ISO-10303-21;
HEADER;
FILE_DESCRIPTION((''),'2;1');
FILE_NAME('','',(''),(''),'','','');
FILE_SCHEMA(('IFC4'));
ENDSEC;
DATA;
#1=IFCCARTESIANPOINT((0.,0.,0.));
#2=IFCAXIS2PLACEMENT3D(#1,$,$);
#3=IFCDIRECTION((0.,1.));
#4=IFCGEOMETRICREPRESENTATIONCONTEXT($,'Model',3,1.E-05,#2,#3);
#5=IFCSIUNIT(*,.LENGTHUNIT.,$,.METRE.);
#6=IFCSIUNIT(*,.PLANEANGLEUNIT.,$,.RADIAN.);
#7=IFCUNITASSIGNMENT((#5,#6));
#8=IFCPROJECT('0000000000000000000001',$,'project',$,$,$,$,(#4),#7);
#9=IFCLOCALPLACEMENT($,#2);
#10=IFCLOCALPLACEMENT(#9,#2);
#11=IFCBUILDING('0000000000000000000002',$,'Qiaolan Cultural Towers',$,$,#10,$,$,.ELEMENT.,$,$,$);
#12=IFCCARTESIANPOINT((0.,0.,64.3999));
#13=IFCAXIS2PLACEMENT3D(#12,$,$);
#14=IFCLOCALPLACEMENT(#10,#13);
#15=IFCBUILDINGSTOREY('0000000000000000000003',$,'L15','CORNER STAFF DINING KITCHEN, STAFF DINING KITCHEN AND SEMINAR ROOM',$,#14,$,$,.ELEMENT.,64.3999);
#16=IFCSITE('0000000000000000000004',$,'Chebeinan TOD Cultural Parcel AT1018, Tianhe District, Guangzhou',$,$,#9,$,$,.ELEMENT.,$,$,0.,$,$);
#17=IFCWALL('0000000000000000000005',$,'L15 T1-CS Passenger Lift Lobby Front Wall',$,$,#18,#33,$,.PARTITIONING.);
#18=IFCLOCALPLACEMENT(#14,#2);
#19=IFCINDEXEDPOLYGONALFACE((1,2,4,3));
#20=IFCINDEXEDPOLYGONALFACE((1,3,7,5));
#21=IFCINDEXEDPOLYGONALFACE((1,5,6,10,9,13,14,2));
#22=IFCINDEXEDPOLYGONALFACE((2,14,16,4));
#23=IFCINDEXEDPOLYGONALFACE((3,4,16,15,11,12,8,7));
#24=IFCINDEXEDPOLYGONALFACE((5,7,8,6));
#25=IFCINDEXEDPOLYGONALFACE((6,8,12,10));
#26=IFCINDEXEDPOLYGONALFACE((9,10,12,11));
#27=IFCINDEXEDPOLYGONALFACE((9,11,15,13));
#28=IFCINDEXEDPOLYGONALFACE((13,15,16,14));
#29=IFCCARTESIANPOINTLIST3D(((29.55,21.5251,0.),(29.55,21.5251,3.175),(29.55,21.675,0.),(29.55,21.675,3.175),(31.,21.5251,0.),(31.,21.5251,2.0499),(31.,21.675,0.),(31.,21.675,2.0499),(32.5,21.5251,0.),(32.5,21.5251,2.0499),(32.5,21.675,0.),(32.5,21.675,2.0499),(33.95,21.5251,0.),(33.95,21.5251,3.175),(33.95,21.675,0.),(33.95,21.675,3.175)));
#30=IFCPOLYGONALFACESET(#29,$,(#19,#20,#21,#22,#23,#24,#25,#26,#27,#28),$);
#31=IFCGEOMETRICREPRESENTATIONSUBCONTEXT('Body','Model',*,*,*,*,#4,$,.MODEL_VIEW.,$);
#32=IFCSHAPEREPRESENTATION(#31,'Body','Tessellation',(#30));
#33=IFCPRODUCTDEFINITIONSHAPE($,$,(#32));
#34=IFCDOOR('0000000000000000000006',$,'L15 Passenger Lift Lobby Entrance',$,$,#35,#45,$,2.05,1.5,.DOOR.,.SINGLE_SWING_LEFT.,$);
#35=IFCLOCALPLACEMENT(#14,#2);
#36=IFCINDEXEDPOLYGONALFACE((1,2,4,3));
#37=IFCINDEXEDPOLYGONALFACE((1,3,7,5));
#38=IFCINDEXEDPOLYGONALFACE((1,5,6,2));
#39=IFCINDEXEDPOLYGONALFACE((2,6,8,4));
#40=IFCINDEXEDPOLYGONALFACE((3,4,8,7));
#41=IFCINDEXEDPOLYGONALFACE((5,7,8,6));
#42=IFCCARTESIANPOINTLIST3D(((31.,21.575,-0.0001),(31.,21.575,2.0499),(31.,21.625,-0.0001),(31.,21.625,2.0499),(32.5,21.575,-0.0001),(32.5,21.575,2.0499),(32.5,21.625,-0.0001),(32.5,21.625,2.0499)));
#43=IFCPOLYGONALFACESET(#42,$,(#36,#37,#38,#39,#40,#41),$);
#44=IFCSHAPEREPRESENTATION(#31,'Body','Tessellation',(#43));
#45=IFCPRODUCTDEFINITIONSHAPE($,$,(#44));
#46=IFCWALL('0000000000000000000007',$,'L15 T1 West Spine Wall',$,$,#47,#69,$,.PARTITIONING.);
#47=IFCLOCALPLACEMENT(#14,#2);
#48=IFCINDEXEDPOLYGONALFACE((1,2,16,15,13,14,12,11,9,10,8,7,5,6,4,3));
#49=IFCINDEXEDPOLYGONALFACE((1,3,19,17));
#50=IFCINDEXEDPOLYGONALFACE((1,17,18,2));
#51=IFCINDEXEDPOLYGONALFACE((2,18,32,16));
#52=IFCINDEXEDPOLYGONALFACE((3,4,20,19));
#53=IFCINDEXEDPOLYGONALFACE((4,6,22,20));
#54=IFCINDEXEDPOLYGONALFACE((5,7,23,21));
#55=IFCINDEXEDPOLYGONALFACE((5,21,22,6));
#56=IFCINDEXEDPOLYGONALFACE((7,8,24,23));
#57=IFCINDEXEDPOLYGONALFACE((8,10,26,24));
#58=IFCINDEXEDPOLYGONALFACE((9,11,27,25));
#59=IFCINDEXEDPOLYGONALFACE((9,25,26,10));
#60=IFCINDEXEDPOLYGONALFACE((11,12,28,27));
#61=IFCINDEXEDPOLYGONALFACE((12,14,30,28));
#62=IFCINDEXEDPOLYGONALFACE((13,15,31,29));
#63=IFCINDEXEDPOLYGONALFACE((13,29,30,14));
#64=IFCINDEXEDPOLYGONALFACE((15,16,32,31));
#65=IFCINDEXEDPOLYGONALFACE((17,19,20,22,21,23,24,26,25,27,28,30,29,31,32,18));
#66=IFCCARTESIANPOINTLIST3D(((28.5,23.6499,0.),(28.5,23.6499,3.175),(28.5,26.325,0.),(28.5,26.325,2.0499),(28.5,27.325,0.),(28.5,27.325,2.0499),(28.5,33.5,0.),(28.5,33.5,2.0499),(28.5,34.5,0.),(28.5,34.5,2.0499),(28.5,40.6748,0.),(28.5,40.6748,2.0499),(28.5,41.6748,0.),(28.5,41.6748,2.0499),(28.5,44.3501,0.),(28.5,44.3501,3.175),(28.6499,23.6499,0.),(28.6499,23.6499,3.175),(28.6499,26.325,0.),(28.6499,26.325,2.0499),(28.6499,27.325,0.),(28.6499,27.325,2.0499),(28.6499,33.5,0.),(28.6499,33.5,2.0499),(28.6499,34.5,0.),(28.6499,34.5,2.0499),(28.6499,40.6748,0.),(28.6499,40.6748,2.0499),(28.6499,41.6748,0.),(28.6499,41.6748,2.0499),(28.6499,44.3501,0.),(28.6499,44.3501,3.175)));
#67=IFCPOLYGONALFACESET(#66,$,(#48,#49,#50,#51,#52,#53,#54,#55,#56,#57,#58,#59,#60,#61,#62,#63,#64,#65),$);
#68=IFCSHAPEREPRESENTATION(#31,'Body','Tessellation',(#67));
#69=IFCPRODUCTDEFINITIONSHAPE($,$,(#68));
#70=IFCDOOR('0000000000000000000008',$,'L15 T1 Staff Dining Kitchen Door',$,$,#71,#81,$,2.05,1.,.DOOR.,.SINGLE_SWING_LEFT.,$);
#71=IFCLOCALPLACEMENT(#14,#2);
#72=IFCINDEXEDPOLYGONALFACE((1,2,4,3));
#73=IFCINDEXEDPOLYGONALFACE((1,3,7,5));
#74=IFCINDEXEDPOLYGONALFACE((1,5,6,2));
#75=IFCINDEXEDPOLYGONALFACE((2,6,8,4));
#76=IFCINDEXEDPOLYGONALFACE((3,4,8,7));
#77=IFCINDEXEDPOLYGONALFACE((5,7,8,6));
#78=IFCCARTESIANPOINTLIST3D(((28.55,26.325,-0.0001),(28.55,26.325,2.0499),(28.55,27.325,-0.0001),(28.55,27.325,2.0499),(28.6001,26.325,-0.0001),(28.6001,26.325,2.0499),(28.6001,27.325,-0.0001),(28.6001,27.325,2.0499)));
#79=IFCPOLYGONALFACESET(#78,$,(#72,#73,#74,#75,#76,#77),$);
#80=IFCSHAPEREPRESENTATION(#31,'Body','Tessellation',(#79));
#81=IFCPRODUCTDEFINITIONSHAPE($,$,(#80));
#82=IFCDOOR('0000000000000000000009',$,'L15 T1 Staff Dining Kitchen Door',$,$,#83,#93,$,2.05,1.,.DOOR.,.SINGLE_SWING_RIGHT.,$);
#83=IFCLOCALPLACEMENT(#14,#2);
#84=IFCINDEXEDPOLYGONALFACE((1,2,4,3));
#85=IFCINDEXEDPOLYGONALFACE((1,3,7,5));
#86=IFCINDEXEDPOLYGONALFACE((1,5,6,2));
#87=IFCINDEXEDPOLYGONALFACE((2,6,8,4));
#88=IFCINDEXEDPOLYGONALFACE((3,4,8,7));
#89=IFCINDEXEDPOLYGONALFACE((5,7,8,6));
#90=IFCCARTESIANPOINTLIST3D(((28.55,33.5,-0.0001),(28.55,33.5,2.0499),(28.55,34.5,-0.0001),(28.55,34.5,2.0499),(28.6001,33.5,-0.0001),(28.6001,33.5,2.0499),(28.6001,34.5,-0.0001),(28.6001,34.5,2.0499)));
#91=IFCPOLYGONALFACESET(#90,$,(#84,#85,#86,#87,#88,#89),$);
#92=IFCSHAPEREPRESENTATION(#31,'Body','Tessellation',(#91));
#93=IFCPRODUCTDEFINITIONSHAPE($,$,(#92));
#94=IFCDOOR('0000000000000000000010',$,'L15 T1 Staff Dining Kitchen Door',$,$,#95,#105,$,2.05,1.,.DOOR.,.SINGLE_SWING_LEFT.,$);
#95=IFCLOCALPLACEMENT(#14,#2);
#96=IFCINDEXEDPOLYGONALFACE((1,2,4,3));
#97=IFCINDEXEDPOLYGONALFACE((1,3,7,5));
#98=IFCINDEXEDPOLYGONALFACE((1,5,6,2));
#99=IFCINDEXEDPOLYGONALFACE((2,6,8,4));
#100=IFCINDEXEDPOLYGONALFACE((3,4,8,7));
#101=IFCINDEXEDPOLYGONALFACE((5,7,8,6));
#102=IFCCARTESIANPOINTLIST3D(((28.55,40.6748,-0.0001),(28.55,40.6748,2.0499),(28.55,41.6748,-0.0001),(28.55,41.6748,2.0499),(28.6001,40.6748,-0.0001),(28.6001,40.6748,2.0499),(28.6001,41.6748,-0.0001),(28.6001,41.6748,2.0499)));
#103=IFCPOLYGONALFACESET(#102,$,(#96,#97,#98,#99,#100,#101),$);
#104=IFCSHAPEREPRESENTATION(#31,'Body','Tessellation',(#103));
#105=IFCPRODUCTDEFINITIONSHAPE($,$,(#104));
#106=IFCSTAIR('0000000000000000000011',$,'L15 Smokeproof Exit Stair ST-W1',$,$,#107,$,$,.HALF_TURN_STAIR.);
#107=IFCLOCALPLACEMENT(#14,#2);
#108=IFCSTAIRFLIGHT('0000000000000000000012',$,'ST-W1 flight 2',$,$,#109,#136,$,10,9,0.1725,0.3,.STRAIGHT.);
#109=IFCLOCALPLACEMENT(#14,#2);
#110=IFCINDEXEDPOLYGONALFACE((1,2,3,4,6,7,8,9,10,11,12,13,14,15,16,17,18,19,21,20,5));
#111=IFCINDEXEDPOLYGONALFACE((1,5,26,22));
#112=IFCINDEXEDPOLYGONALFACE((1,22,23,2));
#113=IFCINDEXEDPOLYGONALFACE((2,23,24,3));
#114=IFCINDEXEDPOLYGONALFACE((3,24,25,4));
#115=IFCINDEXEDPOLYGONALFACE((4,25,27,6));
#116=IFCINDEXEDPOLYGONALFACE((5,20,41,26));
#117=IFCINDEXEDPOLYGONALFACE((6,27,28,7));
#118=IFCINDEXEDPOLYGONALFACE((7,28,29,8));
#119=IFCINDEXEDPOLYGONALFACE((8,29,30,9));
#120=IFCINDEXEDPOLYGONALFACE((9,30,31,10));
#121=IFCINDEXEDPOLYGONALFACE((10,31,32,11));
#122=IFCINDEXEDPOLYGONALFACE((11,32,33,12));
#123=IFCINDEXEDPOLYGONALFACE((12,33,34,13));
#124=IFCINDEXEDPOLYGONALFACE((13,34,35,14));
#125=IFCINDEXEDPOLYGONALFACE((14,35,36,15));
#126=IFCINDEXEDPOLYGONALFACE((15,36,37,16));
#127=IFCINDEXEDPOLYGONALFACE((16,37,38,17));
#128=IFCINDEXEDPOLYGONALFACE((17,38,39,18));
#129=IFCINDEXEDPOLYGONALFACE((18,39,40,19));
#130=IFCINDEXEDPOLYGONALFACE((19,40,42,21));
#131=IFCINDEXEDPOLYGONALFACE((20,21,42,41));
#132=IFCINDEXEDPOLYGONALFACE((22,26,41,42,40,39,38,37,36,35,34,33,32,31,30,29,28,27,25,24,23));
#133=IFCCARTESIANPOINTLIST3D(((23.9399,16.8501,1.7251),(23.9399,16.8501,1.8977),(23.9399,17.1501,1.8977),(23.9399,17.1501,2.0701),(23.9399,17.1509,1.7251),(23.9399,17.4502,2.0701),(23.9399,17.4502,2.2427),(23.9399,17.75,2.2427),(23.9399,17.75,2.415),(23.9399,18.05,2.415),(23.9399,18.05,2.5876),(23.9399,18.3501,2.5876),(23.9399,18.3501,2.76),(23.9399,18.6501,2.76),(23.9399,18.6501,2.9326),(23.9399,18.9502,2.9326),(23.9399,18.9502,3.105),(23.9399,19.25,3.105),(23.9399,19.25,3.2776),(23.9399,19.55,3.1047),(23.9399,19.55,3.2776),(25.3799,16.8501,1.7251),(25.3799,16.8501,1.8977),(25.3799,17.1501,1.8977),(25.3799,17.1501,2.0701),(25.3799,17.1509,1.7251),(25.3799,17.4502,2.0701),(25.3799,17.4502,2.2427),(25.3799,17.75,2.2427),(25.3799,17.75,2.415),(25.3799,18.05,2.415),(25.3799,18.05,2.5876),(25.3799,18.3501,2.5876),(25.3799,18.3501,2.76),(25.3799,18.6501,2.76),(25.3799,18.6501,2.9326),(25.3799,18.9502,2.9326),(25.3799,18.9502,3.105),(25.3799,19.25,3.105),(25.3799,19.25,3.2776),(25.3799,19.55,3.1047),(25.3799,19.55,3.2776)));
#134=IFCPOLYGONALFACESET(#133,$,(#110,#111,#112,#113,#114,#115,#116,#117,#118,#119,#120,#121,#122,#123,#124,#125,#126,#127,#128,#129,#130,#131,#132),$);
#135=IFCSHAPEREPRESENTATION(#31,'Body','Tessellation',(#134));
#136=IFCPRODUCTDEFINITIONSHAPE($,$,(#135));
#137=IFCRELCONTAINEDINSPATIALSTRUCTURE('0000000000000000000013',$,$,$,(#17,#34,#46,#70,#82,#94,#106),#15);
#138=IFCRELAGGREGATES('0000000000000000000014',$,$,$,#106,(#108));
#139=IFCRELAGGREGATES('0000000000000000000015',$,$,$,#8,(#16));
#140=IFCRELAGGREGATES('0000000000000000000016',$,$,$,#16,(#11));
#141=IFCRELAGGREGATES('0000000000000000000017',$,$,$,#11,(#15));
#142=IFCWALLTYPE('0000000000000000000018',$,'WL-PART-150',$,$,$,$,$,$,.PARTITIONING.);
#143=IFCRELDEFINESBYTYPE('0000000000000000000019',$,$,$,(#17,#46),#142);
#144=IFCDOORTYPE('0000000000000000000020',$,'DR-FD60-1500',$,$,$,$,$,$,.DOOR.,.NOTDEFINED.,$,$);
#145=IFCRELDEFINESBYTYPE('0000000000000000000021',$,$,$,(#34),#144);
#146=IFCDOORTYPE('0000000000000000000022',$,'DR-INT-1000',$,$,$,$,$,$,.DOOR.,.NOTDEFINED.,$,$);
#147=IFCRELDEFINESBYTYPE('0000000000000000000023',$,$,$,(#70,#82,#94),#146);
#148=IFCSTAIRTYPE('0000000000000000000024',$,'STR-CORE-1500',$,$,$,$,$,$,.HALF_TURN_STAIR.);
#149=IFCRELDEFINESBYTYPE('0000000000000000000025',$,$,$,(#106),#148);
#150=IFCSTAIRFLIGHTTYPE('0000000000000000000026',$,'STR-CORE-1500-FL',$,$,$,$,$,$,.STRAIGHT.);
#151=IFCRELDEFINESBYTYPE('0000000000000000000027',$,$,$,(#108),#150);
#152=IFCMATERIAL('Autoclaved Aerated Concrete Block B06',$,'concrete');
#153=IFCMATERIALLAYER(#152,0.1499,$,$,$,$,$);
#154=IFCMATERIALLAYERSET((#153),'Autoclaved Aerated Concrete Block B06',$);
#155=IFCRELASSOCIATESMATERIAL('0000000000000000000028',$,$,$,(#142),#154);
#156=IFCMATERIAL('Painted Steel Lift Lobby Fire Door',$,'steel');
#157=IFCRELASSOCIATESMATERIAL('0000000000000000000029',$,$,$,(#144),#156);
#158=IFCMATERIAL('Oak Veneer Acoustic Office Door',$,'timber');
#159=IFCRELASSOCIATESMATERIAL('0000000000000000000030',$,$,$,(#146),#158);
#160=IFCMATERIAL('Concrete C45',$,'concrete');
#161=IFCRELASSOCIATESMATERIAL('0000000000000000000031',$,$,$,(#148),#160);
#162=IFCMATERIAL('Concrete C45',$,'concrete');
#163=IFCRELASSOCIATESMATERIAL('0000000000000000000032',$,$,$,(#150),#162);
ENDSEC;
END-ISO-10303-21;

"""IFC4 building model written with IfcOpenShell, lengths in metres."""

from ifc_helpers import new_model, si_unit, direction, frame, frame_2d, origin, place, context, subcontext, project, spatial, polyline, rectangle, outline, extrude, material, layer, layer_set, type_object, element, fill, aggregate, save


model = new_model("IFC4")

# Units and contexts
model_context = context("Model", 3, precision=1e-05, world=origin(), true_north=direction((0.0, 1.0)))
body_context = subcontext(model_context, "Body", "Model", "MODEL_VIEW")
ifc_project = project(units=[si_unit("LENGTHUNIT", "METRE"), si_unit("PLANEANGLEUNIT", "RADIAN")], contexts=[model_context])

# Site, building, storey
site_placement = place(None, origin())
site = spatial("IfcSite", under=ifc_project, at=site_placement, Name="Chebeinan TOD Cultural Parcel AT1018, Tianhe District, Guangzhou", CompositionType="ELEMENT", RefElevation=0.0)
building_placement = place(site_placement, origin())
building = spatial("IfcBuilding", under=site, at=building_placement, Name="Qiaolan Cultural Towers", CompositionType="ELEMENT")
storey_placement = place(building_placement, frame((0.0, 0.0, 64.3999)))
storey = spatial("IfcBuildingStorey", under=building, at=storey_placement, Name="L15", Description="CORNER STAFF DINING KITCHEN, STAFF DINING KITCHEN AND SEMINAR ROOM", CompositionType="ELEMENT", Elevation=64.3999)

# Wall, opening, door
ifc_material_1 = material(Name="Autoclaved Aerated Concrete Block B06", Category="concrete")
ifc_layer_1 = layer(ifc_material_1, 0.1499)
ifc_layer_set_1 = layer_set([ifc_layer_1], Name="Autoclaved Aerated Concrete Block B06")
wall_type_1 = type_object("IfcWallType", Name="WL-PART-150", PredefinedType="PARTITIONING", material=ifc_layer_set_1)
wall_1_placement = place(storey_placement, frame((29.55, 21.6001, 0.0), z_axis=(0.0, 0.0, 1.0), x_axis=(1.0, 0.0, 0.0)))
wall_1 = element("IfcWall", 1, at=wall_1_placement, inside=storey, type_object=wall_type_1, Name="L15 T1-CS Passenger Lift Lobby Front Wall", PredefinedType="PARTITIONING", context=body_context, shape_type="SweptSolid", body=[
    extrude(rectangle(XDim=4.3999, YDim=0.1499, at=frame_2d((2.2, 0.0))), origin(), (0.0, 0.0, 1.0), 3.175),
])
opening_1_placement = place(wall_1_placement, frame((1.45, 0.0, 0.0)))
opening_1 = element("IfcOpeningElement", 2, at=opening_1_placement, cuts=wall_1, PredefinedType="OPENING", context=body_context, shape_type="SweptSolid", body=[
    extrude(rectangle(XDim=1.5, YDim=2.05, at=frame_2d((0.75, 1.0249))), frame((0.0, 0.085, 0.0), z_axis=(0.0, -1.0, 0.0), x_axis=(1.0, 0.0, 0.0)), (0.0, 0.0, 1.0), 0.1699),
])
ifc_material_2 = material(Name="Painted Steel Lift Lobby Fire Door", Category="steel")
door_type_1 = type_object("IfcDoorType", Name="DR-FD60-1500", OperationType="NOTDEFINED", PredefinedType="DOOR", material=ifc_material_2)
door_1_placement = place(opening_1_placement, origin())
door_1 = element("IfcDoor", 3, at=door_1_placement, inside=storey, type_object=door_type_1, Name="L15 Passenger Lift Lobby Entrance", OperationType="SINGLE_SWING_LEFT", OverallHeight=2.05, OverallWidth=1.5, PredefinedType="DOOR", context=body_context, shape_type="SweptSolid", body=[
    extrude(rectangle(XDim=1.5, YDim=2.05, at=frame_2d((0.75, 1.0249))), frame((0.0, 0.0249, 0.0), z_axis=(0.0, -1.0, 0.0), x_axis=(1.0, 0.0, 0.0)), (0.0, 0.0, 1.0), 0.05),
])
fill(opening_1, door_1)

# Wall, openings, doors
wall_2_placement = place(storey_placement, frame((28.575, 23.6499, 0.0), z_axis=(0.0, 0.0, 1.0), x_axis=(0.0, 1.0, 0.0)))
wall_2 = element("IfcWall", 4, at=wall_2_placement, inside=storey, type_object=wall_type_1, Name="L15 T1 West Spine Wall", PredefinedType="PARTITIONING", context=body_context, shape_type="SweptSolid", body=[
    extrude(rectangle(XDim=20.7002, YDim=0.1499, at=frame_2d((10.3501, 0.0))), origin(), (0.0, 0.0, 1.0), 3.175),
])
opening_2_placement = place(wall_2_placement, frame((2.675, 0.0, 0.0)))
opening_2 = element("IfcOpeningElement", 5, at=opening_2_placement, cuts=wall_2, PredefinedType="OPENING", context=body_context, shape_type="SweptSolid", body=[
    extrude(rectangle(XDim=1.0, YDim=2.05, at=frame_2d((0.5, 1.0249))), frame((0.0, 0.085, 0.0), z_axis=(0.0, -1.0, 0.0), x_axis=(1.0, 0.0, 0.0)), (0.0, 0.0, 1.0), 0.1699),
])
opening_3_placement = place(wall_2_placement, frame((9.8501, 0.0, 0.0)))
opening_3 = element("IfcOpeningElement", 6, at=opening_3_placement, cuts=wall_2, PredefinedType="OPENING", context=body_context, shape_type="SweptSolid", body=[
    extrude(rectangle(XDim=1.0, YDim=2.05, at=frame_2d((0.5, 1.0249))), frame((0.0, 0.085, 0.0), z_axis=(0.0, -1.0, 0.0), x_axis=(1.0, 0.0, 0.0)), (0.0, 0.0, 1.0), 0.1699),
])
opening_4_placement = place(wall_2_placement, frame((17.0249, 0.0, 0.0)))
opening_4 = element("IfcOpeningElement", 7, at=opening_4_placement, cuts=wall_2, PredefinedType="OPENING", context=body_context, shape_type="SweptSolid", body=[
    extrude(rectangle(XDim=1.0, YDim=2.05, at=frame_2d((0.5, 1.0249))), frame((0.0, 0.085, 0.0), z_axis=(0.0, -1.0, 0.0), x_axis=(1.0, 0.0, 0.0)), (0.0, 0.0, 1.0), 0.1699),
])
ifc_material_3 = material(Name="Oak Veneer Acoustic Office Door", Category="timber")
door_type_2 = type_object("IfcDoorType", Name="DR-INT-1000", OperationType="NOTDEFINED", PredefinedType="DOOR", material=ifc_material_3)
door_2_placement = place(opening_2_placement, origin())
door_2 = element("IfcDoor", 8, at=door_2_placement, inside=storey, type_object=door_type_2, Name="L15 T1 Staff Dining Kitchen Door", OperationType="SINGLE_SWING_LEFT", OverallHeight=2.05, OverallWidth=1.0, PredefinedType="DOOR", context=body_context, shape_type="SweptSolid", body=[
    extrude(rectangle(XDim=1.0, YDim=2.05, at=frame_2d((0.5, 1.0249))), frame((0.0, 0.0249, 0.0), z_axis=(0.0, -1.0, 0.0), x_axis=(1.0, 0.0, 0.0)), (0.0, 0.0, 1.0), 0.05),
])
fill(opening_2, door_2)
door_3_placement = place(opening_3_placement, origin())
door_3 = element("IfcDoor", 9, at=door_3_placement, inside=storey, type_object=door_type_2, Name="L15 T1 Staff Dining Kitchen Door", OperationType="SINGLE_SWING_RIGHT", OverallHeight=2.05, OverallWidth=1.0, PredefinedType="DOOR", context=body_context, shape_type="SweptSolid", body=[
    extrude(rectangle(XDim=1.0, YDim=2.05, at=frame_2d((0.5, 1.0249))), frame((0.0, 0.0249, 0.0), z_axis=(0.0, -1.0, 0.0), x_axis=(1.0, 0.0, 0.0)), (0.0, 0.0, 1.0), 0.05),
])
fill(opening_3, door_3)
door_4_placement = place(opening_4_placement, origin())
door_4 = element("IfcDoor", 10, at=door_4_placement, inside=storey, type_object=door_type_2, Name="L15 T1 Staff Dining Kitchen Door", OperationType="SINGLE_SWING_LEFT", OverallHeight=2.05, OverallWidth=1.0, PredefinedType="DOOR", context=body_context, shape_type="SweptSolid", body=[
    extrude(rectangle(XDim=1.0, YDim=2.05, at=frame_2d((0.5, 1.0249))), frame((0.0, 0.0249, 0.0), z_axis=(0.0, -1.0, 0.0), x_axis=(1.0, 0.0, 0.0)), (0.0, 0.0, 1.0), 0.05),
])
fill(opening_4, door_4)

# Stair, stair flight
ifc_material_4 = material(Name="Concrete C45", Category="concrete")
stair_type = type_object("IfcStairType", Name="STR-CORE-1500", PredefinedType="HALF_TURN_STAIR", material=ifc_material_4)
stair_placement = place(storey_placement, origin())
stair = element("IfcStair", 11, at=stair_placement, inside=storey, type_object=stair_type, Name="L15 Smokeproof Exit Stair ST-W1", PredefinedType="HALF_TURN_STAIR")
ifc_material_5 = material(Name="Concrete C45", Category="concrete")
stair_flight_type = type_object("IfcStairFlightType", Name="STR-CORE-1500-FL", PredefinedType="STRAIGHT", material=ifc_material_5)
stair_flight_placement = place(storey_placement, frame((24.6599, 16.8501, 1.7251), z_axis=(0.0, 0.0, 1.0), x_axis=(0.0, 1.0, 0.0)))
stair_flight = element("IfcStairFlight", 12, at=stair_flight_placement, type_object=stair_flight_type, Name="ST-W1 flight 2", NumberOfRisers=10, NumberOfTreads=9, PredefinedType="STRAIGHT", RiserHeight=0.1725, TreadLength=0.3, context=body_context, shape_type="SweptSolid", body=[
    extrude(outline(polyline([(0.0, 0.0), (0.0, 0.1726), (0.3, 0.1726), (0.3, 0.345), (0.6001, 0.345), (0.6001, 0.5176), (0.8999, 0.5176), (0.8999, 0.6899), (1.2, 0.6899), (1.2, 0.8625), (1.5, 0.8625), (1.5, 1.0349), (1.8, 1.0349), (1.8, 1.2075), (2.1001, 1.2075), (2.1001, 1.3799), (2.3999, 1.3799), (2.3999, 1.5525), (2.7, 1.5525), (2.7, 1.7251), (2.7, 1.3796), (0.3008, 0.0), (0.0, 0.0)])), frame((0.0, 0.72, 0.0), z_axis=(0.0, -1.0, 0.0), x_axis=(1.0, 0.0, 0.0)), (0.0, 0.0, 1.0), 1.4399),
])
aggregate(stair, [stair_flight])

save(model, "model.ifc")
